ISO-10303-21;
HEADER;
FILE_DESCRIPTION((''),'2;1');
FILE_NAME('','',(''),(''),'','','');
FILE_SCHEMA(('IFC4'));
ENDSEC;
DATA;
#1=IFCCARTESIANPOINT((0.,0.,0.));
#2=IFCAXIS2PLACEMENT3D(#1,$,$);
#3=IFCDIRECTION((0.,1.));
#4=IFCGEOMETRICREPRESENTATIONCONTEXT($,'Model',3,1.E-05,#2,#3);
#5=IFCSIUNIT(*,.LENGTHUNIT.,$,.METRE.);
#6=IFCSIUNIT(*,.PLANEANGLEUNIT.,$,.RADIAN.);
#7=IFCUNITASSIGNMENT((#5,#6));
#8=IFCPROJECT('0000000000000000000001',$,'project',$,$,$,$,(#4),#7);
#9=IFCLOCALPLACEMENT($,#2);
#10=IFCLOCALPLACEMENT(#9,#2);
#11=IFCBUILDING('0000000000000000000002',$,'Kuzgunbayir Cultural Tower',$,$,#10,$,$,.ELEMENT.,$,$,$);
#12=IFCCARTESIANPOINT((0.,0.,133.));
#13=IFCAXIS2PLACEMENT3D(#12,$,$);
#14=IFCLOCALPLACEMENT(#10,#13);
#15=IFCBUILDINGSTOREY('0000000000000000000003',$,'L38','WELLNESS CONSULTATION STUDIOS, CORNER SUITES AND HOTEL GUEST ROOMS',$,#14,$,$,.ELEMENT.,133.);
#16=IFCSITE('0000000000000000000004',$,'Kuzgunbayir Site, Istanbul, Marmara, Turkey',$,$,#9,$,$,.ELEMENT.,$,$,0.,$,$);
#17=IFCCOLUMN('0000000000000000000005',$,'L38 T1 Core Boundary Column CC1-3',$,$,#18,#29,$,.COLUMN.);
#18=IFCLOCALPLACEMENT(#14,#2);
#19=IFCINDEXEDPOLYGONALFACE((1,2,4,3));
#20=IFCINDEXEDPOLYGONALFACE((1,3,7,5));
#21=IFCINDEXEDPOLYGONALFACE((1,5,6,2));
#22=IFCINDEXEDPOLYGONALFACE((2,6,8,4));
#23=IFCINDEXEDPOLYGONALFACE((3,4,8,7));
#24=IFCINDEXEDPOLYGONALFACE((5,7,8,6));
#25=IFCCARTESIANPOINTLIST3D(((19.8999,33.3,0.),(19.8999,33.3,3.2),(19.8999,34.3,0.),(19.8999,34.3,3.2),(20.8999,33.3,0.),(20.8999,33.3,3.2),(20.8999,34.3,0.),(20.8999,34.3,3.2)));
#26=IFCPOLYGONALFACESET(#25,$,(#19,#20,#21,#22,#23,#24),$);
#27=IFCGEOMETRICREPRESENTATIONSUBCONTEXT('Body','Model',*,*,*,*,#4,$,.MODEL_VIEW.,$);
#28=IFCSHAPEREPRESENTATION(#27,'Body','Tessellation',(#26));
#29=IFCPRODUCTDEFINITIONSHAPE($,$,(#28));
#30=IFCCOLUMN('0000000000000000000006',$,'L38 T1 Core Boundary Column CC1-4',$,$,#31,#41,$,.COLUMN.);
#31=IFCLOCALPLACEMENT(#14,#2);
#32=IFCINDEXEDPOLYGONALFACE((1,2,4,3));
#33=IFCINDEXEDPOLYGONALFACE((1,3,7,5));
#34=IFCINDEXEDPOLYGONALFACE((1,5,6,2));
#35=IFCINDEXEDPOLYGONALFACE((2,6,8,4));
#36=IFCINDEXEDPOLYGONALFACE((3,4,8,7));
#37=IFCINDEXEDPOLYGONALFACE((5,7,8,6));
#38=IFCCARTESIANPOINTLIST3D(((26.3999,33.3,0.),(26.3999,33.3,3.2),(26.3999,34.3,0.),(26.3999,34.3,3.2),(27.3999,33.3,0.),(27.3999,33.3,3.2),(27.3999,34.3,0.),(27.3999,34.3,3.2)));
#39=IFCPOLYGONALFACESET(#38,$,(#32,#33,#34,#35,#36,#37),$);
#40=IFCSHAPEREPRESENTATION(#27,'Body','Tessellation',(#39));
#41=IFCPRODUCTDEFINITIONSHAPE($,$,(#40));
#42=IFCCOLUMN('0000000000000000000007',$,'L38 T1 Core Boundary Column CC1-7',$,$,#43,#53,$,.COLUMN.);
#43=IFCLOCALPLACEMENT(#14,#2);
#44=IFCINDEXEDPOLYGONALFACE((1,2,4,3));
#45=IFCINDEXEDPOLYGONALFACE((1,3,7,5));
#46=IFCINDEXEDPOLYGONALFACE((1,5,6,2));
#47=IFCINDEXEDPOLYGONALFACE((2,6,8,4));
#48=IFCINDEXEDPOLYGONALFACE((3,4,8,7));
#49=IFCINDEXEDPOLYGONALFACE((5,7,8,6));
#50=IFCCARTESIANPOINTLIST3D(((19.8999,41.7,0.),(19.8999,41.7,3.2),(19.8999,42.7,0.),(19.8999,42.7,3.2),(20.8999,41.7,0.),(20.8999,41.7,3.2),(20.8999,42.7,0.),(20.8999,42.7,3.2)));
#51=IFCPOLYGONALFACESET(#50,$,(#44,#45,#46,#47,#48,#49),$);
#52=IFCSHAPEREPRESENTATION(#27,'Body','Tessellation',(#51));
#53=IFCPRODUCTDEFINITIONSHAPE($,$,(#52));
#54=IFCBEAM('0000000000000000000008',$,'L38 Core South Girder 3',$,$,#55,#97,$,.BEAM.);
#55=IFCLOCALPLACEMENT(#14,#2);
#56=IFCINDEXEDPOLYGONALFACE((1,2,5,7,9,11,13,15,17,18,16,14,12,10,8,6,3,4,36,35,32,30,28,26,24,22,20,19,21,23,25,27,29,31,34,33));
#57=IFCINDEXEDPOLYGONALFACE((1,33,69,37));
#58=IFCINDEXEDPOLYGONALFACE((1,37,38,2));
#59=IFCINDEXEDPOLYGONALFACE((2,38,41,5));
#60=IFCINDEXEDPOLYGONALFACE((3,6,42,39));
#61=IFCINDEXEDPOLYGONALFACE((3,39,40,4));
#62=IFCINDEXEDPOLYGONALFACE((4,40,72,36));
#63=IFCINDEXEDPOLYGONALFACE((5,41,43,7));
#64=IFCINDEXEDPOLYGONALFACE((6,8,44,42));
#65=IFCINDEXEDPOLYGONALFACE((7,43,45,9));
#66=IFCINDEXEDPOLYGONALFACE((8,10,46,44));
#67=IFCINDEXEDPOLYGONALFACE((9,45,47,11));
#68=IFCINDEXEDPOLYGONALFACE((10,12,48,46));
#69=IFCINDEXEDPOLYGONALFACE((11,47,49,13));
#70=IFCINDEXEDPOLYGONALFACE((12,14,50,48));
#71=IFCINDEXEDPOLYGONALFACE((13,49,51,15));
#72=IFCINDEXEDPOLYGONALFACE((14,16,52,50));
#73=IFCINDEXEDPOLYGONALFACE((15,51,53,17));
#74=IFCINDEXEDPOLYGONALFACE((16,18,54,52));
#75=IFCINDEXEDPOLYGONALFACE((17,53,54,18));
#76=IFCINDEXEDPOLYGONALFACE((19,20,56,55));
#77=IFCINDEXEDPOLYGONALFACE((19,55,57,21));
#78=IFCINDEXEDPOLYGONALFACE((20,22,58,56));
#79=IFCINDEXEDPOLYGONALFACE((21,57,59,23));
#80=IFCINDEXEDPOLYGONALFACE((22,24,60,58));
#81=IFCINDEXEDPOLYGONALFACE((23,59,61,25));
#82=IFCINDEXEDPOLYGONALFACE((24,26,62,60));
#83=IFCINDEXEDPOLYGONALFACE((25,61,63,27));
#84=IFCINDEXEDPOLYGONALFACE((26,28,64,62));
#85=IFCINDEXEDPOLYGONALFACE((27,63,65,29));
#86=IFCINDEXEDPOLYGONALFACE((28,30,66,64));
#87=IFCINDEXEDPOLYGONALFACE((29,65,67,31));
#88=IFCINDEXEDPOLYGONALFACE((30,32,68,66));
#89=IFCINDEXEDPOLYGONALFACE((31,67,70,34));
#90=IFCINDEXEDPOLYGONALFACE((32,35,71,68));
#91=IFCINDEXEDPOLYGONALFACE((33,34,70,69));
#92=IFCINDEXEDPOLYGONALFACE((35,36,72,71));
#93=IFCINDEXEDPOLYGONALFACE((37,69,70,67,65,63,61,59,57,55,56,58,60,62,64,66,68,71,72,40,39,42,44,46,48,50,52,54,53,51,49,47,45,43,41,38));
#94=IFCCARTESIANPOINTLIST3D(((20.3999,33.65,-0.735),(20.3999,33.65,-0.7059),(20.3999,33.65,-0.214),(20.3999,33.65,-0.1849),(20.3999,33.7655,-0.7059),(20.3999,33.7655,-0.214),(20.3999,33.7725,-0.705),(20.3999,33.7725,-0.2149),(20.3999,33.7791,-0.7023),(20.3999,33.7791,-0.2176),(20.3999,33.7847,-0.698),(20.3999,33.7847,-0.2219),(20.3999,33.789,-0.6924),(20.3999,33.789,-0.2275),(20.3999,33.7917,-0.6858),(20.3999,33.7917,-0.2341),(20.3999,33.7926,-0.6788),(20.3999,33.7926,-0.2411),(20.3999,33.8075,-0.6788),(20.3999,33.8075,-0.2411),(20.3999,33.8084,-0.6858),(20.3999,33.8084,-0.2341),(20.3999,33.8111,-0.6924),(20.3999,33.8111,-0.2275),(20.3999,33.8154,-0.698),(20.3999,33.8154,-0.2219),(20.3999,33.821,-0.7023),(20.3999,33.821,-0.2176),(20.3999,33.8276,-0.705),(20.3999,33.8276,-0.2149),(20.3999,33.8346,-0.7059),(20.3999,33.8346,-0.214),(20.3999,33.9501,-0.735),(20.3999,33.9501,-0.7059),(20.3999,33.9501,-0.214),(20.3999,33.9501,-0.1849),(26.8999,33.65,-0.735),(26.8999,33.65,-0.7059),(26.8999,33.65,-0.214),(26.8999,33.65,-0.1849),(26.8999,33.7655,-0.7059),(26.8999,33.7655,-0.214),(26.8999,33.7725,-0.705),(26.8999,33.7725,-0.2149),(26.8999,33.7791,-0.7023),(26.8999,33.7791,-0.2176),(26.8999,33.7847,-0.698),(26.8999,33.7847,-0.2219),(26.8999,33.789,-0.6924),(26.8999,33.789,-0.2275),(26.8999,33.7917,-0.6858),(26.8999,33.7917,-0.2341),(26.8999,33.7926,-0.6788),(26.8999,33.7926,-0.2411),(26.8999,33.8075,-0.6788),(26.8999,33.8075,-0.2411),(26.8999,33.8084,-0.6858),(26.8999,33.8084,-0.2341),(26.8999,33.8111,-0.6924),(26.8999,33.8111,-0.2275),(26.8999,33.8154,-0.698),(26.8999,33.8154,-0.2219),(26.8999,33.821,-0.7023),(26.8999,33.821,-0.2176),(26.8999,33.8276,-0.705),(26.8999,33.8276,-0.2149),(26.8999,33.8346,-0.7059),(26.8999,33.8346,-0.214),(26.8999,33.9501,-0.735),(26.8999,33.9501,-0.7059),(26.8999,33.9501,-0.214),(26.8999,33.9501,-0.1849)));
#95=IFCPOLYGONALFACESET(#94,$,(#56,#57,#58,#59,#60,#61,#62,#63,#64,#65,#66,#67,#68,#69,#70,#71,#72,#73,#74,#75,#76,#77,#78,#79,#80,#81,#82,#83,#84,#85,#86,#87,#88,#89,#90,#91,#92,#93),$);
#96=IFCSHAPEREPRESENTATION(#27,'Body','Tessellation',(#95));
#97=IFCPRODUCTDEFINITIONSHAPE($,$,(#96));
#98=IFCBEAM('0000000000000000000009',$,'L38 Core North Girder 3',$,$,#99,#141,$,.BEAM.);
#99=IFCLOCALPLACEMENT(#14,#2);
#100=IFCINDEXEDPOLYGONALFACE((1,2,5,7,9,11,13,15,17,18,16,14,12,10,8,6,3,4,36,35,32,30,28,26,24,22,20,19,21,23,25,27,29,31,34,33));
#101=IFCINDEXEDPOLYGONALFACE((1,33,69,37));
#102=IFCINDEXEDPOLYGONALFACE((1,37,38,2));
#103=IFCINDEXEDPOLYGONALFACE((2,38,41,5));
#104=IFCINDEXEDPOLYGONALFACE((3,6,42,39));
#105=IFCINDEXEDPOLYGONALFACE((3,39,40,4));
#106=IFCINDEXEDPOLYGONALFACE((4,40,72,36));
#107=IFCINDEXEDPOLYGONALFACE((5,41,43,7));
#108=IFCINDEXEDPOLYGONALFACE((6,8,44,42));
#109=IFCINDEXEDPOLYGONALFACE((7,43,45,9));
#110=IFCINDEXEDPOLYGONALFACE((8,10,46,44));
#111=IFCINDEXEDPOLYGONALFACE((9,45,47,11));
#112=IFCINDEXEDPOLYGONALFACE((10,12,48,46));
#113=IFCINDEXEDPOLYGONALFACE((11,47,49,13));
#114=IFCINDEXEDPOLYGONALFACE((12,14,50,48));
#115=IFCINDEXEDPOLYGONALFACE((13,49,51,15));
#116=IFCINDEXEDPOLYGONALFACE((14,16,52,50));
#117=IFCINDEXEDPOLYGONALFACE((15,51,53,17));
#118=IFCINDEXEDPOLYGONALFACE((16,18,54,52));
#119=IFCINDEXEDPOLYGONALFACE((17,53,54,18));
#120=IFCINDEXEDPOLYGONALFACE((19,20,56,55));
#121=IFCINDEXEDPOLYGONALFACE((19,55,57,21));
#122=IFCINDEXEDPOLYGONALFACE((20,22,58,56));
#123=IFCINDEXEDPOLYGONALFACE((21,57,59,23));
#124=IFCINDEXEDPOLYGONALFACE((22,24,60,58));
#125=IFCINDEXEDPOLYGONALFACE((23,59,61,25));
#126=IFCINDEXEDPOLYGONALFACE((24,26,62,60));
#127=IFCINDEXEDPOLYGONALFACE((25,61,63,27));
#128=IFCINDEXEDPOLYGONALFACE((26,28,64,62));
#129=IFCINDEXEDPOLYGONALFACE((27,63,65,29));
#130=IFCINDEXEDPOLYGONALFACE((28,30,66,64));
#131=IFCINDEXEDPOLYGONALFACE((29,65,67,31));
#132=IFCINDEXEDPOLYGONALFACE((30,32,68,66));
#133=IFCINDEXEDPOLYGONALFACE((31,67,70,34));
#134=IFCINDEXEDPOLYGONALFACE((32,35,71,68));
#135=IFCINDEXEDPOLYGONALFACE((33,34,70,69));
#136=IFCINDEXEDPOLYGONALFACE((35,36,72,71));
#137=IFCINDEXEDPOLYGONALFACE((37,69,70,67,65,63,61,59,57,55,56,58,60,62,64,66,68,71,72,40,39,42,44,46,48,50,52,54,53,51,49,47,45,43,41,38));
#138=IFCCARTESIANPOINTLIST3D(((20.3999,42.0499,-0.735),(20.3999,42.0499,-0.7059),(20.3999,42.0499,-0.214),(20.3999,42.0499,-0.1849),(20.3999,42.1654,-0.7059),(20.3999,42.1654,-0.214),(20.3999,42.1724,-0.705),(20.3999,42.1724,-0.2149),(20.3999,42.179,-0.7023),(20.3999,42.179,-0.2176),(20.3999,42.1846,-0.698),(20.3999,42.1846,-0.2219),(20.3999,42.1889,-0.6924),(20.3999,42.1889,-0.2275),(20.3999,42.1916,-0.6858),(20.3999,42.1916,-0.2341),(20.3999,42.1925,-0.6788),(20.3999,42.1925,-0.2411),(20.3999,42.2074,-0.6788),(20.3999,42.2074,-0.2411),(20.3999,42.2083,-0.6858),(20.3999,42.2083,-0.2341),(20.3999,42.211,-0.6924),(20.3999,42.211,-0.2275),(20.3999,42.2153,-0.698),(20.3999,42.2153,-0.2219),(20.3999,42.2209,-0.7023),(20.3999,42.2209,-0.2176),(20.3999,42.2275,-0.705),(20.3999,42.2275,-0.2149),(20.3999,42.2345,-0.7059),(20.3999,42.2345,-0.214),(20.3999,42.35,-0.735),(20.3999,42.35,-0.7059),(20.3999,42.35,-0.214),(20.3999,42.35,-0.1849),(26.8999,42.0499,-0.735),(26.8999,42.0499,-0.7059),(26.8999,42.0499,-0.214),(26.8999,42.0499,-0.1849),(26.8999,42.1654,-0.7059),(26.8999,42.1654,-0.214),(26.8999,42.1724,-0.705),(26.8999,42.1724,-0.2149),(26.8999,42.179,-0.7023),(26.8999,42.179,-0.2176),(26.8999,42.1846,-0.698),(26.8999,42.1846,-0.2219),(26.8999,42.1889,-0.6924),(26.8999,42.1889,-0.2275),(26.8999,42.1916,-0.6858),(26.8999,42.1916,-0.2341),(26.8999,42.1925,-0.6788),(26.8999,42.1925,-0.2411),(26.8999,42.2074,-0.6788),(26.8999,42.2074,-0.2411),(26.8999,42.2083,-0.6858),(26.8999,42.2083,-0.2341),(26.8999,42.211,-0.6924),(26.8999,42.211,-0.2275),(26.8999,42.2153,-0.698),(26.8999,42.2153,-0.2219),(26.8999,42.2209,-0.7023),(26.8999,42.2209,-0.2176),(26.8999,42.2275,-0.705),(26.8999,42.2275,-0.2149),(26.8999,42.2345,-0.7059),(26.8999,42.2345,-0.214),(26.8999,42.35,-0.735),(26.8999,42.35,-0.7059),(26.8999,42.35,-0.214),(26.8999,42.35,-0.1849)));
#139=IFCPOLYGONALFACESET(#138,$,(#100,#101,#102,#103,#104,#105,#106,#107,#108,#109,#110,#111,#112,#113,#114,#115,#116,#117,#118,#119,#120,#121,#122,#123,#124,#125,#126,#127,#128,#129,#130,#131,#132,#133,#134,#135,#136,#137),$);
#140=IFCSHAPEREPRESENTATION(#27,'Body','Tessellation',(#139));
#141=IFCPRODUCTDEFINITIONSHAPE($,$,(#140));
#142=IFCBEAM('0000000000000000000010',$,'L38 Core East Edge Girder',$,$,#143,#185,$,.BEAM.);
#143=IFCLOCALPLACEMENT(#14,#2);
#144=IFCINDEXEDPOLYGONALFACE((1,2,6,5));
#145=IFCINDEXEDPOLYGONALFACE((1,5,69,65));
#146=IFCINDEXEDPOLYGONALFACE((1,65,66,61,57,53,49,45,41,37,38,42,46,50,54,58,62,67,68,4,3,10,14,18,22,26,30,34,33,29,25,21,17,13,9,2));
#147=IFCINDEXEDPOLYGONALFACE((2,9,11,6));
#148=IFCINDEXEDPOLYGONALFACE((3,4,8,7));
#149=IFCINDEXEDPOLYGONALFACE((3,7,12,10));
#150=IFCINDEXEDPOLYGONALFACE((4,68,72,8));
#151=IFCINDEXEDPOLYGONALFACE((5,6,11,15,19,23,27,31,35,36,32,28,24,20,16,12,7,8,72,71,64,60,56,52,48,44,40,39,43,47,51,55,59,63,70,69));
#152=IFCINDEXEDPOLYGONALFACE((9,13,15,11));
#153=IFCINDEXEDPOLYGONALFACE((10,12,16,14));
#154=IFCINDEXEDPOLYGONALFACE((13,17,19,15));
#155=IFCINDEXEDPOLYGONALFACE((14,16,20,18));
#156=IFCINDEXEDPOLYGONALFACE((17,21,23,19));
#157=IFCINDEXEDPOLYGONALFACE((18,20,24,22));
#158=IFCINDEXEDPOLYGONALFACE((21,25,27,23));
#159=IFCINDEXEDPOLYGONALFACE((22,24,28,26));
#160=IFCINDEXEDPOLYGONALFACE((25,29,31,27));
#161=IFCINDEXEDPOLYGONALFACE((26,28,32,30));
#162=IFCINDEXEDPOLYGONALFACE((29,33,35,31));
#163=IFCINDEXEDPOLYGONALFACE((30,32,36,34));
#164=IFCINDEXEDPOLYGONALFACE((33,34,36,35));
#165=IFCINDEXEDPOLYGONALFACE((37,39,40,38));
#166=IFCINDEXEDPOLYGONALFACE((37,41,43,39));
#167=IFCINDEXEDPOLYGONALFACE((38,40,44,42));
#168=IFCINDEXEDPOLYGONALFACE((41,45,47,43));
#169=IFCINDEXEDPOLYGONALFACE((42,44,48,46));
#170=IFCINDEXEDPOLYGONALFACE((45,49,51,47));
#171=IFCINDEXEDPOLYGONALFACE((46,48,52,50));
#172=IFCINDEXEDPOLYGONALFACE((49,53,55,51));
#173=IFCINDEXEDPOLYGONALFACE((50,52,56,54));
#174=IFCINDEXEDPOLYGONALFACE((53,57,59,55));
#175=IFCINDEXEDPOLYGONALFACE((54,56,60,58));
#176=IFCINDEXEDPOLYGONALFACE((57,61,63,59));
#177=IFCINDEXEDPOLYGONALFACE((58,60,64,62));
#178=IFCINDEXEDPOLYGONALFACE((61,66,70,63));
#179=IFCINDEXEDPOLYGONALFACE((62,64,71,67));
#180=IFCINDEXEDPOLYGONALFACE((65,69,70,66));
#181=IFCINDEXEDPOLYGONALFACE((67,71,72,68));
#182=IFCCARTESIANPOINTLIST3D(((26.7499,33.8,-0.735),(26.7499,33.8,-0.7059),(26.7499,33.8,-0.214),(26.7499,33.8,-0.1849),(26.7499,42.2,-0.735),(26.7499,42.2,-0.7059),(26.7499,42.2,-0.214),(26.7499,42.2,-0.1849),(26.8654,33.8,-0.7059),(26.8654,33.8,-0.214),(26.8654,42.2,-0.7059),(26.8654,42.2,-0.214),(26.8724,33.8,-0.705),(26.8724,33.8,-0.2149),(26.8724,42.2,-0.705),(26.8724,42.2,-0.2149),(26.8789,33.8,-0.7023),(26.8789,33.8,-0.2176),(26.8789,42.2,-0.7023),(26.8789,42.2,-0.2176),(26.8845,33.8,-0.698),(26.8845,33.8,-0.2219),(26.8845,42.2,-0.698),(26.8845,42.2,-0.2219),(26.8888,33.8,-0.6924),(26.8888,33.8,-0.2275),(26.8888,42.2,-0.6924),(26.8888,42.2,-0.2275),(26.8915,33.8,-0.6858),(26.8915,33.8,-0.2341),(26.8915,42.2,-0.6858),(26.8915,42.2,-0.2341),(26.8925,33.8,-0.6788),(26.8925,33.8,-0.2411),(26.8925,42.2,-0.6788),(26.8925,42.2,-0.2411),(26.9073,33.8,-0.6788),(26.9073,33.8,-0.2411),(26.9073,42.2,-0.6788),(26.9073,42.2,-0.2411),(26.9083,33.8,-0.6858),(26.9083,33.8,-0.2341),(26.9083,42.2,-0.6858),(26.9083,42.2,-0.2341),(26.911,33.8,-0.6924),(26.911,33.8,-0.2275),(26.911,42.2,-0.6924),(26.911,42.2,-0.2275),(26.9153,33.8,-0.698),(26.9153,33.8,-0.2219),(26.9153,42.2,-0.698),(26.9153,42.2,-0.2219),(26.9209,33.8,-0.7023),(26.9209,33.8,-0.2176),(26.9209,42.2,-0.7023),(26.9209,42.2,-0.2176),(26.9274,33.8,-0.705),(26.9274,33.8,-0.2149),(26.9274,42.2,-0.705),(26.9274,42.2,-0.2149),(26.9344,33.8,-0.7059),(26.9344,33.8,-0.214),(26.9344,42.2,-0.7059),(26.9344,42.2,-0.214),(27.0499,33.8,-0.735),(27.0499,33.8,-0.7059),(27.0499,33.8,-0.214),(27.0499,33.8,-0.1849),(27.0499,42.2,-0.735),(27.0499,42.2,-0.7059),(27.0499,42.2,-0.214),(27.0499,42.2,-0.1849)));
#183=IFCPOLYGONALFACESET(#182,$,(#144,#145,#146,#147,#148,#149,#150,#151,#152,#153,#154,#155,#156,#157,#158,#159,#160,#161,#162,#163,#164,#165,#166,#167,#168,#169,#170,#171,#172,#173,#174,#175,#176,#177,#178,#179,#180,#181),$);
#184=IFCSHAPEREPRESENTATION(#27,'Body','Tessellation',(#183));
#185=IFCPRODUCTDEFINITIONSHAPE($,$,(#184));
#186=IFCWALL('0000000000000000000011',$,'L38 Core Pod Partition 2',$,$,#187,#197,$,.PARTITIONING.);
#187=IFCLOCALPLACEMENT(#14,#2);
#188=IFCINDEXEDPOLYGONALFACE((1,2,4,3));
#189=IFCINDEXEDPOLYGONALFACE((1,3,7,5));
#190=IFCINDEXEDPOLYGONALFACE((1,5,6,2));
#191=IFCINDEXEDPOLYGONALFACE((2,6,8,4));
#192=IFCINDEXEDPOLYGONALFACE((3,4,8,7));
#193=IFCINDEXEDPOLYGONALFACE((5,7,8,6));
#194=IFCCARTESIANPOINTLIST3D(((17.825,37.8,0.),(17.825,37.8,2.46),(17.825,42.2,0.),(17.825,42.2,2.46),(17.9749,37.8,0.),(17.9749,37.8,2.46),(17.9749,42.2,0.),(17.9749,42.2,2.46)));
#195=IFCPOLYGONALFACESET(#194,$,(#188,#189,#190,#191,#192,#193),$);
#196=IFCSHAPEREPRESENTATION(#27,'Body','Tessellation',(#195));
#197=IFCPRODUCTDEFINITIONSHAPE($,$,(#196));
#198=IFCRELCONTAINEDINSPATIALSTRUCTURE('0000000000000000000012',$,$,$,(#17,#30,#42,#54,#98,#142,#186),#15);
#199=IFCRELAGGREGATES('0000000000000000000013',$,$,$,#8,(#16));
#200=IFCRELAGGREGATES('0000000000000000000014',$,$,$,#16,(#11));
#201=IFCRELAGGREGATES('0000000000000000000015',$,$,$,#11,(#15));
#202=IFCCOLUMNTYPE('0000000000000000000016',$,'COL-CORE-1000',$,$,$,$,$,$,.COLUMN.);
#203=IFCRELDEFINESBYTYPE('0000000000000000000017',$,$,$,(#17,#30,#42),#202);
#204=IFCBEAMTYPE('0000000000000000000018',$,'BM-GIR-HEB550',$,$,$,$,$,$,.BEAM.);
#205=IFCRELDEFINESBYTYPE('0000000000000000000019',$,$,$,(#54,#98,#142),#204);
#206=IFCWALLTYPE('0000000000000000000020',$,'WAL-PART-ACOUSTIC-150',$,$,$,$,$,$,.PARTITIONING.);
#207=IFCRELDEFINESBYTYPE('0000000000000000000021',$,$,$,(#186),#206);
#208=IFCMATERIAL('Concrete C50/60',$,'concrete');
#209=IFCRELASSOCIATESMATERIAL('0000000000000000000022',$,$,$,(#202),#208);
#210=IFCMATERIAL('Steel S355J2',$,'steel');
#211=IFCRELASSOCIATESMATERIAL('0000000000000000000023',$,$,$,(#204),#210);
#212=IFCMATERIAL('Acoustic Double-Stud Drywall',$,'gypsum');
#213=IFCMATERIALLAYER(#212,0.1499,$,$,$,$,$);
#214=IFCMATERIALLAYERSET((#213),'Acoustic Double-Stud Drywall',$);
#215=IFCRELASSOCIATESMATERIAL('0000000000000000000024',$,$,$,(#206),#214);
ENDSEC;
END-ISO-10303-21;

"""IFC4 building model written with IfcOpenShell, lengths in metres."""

from ifc_helpers import new_model, si_unit, direction, frame, frame_2d, origin, origin_2d, place, context, subcontext, project, spatial, rectangle, i_section, extrude, material, layer, layer_set, material_profile, profile_set, type_object, element, save


model = new_model("IFC4")

# Units and contexts
model_context = context("Model", 3, precision=1e-05, world=origin(), true_north=direction((0.0, 1.0)))
body_context = subcontext(model_context, "Body", "Model", "MODEL_VIEW")
ifc_project = project(units=[si_unit("LENGTHUNIT", "METRE"), si_unit("PLANEANGLEUNIT", "RADIAN")], contexts=[model_context])

# Site, building, storey
site_placement = place(None, origin())
site = spatial("IfcSite", under=ifc_project, at=site_placement, Name="Kuzgunbayir Site, Istanbul, Marmara, Turkey", CompositionType="ELEMENT", RefElevation=0.0)
building_placement = place(site_placement, origin())
building = spatial("IfcBuilding", under=site, at=building_placement, Name="Kuzgunbayir Cultural Tower", CompositionType="ELEMENT")
storey_placement = place(building_placement, frame((0.0, 0.0, 133.0)))
storey = spatial("IfcBuildingStorey", under=building, at=storey_placement, Name="L38", Description="WELLNESS CONSULTATION STUDIOS, CORNER SUITES AND HOTEL GUEST ROOMS", CompositionType="ELEMENT", Elevation=133.0)

# Columns
ifc_material_1 = material(Name="Concrete C50/60", Category="concrete")
ifc_material_profile_1 = material_profile(ifc_material_1, rectangle(XDim=1.0, YDim=1.0, at=origin_2d()), Name="RC 1000x1000")
ifc_profile_set_1 = profile_set([ifc_material_profile_1], Name="Concrete C50/60")
column_type = type_object("IfcColumnType", Name="COL-CORE-1000", PredefinedType="COLUMN", material=ifc_profile_set_1)
for number, where, z_axis, x_axis, name in (
    (1, (20.3999, 33.8, 0.0), (0.0, 0.0, 1.0), (1.0, 0.0, 0.0), "L38 T1 Core Boundary Column CC1-3"),
    (2, (26.8999, 33.8, 0.0), (0.0, 0.0, 1.0), (1.0, 0.0, 0.0), "L38 T1 Core Boundary Column CC1-4"),
    (3, (20.3999, 42.2, 0.0), (0.0, 0.0, 1.0), (1.0, 0.0, 0.0), "L38 T1 Core Boundary Column CC1-7"),
):
    element("IfcColumn", number, at=place(storey_placement, frame(where, z_axis=z_axis, x_axis=x_axis)), inside=storey, type_object=column_type, Name=name, PredefinedType="COLUMN", context=body_context, shape_type="SweptSolid", body=[
        extrude(rectangle(XDim=1.0, YDim=1.0, at=origin_2d()), origin(), (0.0, 0.0, 1.0), 3.2),
    ])

# Beams
ifc_material_2 = material(Name="Steel S355J2", Category="steel")
ifc_material_profile_2 = material_profile(ifc_material_2, i_section(OverallWidth=0.3, OverallDepth=0.55, WebThickness=0.0149, FlangeThickness=0.0291, FilletRadius=0.0271, at=origin_2d()), Name="HEB 550")
ifc_profile_set_2 = profile_set([ifc_material_profile_2], Name="Steel S355J2")
beam_type = type_object("IfcBeamType", Name="BM-GIR-HEB550", PredefinedType="BEAM", material=ifc_profile_set_2)
for number, where, z_axis, x_axis, name in (
    (4, (20.3999, 33.8, -0.46), (1.0, 0.0, 0.0), (0.0, 1.0, 0.0), "L38 Core South Girder 3"),
    (5, (20.3999, 42.2, -0.46), (1.0, 0.0, 0.0), (0.0, 1.0, 0.0), "L38 Core North Girder 3"),
):
    element("IfcBeam", number, at=place(storey_placement, frame(where, z_axis=z_axis, x_axis=x_axis)), inside=storey, type_object=beam_type, Name=name, PredefinedType="BEAM", context=body_context, shape_type="SweptSolid", body=[
        extrude(i_section(OverallWidth=0.3, OverallDepth=0.55, WebThickness=0.0149, FlangeThickness=0.0291, FilletRadius=0.0271, at=origin_2d()), origin(), (0.0, 0.0, 1.0), 6.5),
    ])
beam_placement = place(storey_placement, frame((26.8999, 33.8, -0.46), z_axis=(0.0, 1.0, 0.0), x_axis=(-1.0, 0.0, 0.0)))
element("IfcBeam", 6, at=beam_placement, inside=storey, type_object=beam_type, Name="L38 Core East Edge Girder", PredefinedType="BEAM", context=body_context, shape_type="SweptSolid", body=[
    extrude(i_section(OverallWidth=0.3, OverallDepth=0.55, WebThickness=0.0149, FlangeThickness=0.0291, FilletRadius=0.0271, at=origin_2d()), origin(), (0.0, 0.0, 1.0), 8.3999),
])

# Wall
ifc_material_3 = material(Name="Acoustic Double-Stud Drywall", Category="gypsum")
ifc_layer_1 = layer(ifc_material_3, 0.1499)
ifc_layer_set_1 = layer_set([ifc_layer_1], Name="Acoustic Double-Stud Drywall")
wall_type_1 = type_object("IfcWallType", Name="WAL-PART-ACOUSTIC-150", PredefinedType="PARTITIONING", material=ifc_layer_set_1)
wall_1_placement = place(storey_placement, frame((17.8999, 37.8, 0.0), z_axis=(0.0, 0.0, 1.0), x_axis=(0.0, 1.0, 0.0)))
element("IfcWall", 7, at=wall_1_placement, inside=storey, type_object=wall_type_1, Name="L38 Core Pod Partition 2", PredefinedType="PARTITIONING", context=body_context, shape_type="SweptSolid", body=[
    extrude(rectangle(XDim=4.3999, YDim=0.1499, at=frame_2d((2.2, 0.0))), origin(), (0.0, 0.0, 1.0), 2.46),
])

save(model, "model.ifc")
